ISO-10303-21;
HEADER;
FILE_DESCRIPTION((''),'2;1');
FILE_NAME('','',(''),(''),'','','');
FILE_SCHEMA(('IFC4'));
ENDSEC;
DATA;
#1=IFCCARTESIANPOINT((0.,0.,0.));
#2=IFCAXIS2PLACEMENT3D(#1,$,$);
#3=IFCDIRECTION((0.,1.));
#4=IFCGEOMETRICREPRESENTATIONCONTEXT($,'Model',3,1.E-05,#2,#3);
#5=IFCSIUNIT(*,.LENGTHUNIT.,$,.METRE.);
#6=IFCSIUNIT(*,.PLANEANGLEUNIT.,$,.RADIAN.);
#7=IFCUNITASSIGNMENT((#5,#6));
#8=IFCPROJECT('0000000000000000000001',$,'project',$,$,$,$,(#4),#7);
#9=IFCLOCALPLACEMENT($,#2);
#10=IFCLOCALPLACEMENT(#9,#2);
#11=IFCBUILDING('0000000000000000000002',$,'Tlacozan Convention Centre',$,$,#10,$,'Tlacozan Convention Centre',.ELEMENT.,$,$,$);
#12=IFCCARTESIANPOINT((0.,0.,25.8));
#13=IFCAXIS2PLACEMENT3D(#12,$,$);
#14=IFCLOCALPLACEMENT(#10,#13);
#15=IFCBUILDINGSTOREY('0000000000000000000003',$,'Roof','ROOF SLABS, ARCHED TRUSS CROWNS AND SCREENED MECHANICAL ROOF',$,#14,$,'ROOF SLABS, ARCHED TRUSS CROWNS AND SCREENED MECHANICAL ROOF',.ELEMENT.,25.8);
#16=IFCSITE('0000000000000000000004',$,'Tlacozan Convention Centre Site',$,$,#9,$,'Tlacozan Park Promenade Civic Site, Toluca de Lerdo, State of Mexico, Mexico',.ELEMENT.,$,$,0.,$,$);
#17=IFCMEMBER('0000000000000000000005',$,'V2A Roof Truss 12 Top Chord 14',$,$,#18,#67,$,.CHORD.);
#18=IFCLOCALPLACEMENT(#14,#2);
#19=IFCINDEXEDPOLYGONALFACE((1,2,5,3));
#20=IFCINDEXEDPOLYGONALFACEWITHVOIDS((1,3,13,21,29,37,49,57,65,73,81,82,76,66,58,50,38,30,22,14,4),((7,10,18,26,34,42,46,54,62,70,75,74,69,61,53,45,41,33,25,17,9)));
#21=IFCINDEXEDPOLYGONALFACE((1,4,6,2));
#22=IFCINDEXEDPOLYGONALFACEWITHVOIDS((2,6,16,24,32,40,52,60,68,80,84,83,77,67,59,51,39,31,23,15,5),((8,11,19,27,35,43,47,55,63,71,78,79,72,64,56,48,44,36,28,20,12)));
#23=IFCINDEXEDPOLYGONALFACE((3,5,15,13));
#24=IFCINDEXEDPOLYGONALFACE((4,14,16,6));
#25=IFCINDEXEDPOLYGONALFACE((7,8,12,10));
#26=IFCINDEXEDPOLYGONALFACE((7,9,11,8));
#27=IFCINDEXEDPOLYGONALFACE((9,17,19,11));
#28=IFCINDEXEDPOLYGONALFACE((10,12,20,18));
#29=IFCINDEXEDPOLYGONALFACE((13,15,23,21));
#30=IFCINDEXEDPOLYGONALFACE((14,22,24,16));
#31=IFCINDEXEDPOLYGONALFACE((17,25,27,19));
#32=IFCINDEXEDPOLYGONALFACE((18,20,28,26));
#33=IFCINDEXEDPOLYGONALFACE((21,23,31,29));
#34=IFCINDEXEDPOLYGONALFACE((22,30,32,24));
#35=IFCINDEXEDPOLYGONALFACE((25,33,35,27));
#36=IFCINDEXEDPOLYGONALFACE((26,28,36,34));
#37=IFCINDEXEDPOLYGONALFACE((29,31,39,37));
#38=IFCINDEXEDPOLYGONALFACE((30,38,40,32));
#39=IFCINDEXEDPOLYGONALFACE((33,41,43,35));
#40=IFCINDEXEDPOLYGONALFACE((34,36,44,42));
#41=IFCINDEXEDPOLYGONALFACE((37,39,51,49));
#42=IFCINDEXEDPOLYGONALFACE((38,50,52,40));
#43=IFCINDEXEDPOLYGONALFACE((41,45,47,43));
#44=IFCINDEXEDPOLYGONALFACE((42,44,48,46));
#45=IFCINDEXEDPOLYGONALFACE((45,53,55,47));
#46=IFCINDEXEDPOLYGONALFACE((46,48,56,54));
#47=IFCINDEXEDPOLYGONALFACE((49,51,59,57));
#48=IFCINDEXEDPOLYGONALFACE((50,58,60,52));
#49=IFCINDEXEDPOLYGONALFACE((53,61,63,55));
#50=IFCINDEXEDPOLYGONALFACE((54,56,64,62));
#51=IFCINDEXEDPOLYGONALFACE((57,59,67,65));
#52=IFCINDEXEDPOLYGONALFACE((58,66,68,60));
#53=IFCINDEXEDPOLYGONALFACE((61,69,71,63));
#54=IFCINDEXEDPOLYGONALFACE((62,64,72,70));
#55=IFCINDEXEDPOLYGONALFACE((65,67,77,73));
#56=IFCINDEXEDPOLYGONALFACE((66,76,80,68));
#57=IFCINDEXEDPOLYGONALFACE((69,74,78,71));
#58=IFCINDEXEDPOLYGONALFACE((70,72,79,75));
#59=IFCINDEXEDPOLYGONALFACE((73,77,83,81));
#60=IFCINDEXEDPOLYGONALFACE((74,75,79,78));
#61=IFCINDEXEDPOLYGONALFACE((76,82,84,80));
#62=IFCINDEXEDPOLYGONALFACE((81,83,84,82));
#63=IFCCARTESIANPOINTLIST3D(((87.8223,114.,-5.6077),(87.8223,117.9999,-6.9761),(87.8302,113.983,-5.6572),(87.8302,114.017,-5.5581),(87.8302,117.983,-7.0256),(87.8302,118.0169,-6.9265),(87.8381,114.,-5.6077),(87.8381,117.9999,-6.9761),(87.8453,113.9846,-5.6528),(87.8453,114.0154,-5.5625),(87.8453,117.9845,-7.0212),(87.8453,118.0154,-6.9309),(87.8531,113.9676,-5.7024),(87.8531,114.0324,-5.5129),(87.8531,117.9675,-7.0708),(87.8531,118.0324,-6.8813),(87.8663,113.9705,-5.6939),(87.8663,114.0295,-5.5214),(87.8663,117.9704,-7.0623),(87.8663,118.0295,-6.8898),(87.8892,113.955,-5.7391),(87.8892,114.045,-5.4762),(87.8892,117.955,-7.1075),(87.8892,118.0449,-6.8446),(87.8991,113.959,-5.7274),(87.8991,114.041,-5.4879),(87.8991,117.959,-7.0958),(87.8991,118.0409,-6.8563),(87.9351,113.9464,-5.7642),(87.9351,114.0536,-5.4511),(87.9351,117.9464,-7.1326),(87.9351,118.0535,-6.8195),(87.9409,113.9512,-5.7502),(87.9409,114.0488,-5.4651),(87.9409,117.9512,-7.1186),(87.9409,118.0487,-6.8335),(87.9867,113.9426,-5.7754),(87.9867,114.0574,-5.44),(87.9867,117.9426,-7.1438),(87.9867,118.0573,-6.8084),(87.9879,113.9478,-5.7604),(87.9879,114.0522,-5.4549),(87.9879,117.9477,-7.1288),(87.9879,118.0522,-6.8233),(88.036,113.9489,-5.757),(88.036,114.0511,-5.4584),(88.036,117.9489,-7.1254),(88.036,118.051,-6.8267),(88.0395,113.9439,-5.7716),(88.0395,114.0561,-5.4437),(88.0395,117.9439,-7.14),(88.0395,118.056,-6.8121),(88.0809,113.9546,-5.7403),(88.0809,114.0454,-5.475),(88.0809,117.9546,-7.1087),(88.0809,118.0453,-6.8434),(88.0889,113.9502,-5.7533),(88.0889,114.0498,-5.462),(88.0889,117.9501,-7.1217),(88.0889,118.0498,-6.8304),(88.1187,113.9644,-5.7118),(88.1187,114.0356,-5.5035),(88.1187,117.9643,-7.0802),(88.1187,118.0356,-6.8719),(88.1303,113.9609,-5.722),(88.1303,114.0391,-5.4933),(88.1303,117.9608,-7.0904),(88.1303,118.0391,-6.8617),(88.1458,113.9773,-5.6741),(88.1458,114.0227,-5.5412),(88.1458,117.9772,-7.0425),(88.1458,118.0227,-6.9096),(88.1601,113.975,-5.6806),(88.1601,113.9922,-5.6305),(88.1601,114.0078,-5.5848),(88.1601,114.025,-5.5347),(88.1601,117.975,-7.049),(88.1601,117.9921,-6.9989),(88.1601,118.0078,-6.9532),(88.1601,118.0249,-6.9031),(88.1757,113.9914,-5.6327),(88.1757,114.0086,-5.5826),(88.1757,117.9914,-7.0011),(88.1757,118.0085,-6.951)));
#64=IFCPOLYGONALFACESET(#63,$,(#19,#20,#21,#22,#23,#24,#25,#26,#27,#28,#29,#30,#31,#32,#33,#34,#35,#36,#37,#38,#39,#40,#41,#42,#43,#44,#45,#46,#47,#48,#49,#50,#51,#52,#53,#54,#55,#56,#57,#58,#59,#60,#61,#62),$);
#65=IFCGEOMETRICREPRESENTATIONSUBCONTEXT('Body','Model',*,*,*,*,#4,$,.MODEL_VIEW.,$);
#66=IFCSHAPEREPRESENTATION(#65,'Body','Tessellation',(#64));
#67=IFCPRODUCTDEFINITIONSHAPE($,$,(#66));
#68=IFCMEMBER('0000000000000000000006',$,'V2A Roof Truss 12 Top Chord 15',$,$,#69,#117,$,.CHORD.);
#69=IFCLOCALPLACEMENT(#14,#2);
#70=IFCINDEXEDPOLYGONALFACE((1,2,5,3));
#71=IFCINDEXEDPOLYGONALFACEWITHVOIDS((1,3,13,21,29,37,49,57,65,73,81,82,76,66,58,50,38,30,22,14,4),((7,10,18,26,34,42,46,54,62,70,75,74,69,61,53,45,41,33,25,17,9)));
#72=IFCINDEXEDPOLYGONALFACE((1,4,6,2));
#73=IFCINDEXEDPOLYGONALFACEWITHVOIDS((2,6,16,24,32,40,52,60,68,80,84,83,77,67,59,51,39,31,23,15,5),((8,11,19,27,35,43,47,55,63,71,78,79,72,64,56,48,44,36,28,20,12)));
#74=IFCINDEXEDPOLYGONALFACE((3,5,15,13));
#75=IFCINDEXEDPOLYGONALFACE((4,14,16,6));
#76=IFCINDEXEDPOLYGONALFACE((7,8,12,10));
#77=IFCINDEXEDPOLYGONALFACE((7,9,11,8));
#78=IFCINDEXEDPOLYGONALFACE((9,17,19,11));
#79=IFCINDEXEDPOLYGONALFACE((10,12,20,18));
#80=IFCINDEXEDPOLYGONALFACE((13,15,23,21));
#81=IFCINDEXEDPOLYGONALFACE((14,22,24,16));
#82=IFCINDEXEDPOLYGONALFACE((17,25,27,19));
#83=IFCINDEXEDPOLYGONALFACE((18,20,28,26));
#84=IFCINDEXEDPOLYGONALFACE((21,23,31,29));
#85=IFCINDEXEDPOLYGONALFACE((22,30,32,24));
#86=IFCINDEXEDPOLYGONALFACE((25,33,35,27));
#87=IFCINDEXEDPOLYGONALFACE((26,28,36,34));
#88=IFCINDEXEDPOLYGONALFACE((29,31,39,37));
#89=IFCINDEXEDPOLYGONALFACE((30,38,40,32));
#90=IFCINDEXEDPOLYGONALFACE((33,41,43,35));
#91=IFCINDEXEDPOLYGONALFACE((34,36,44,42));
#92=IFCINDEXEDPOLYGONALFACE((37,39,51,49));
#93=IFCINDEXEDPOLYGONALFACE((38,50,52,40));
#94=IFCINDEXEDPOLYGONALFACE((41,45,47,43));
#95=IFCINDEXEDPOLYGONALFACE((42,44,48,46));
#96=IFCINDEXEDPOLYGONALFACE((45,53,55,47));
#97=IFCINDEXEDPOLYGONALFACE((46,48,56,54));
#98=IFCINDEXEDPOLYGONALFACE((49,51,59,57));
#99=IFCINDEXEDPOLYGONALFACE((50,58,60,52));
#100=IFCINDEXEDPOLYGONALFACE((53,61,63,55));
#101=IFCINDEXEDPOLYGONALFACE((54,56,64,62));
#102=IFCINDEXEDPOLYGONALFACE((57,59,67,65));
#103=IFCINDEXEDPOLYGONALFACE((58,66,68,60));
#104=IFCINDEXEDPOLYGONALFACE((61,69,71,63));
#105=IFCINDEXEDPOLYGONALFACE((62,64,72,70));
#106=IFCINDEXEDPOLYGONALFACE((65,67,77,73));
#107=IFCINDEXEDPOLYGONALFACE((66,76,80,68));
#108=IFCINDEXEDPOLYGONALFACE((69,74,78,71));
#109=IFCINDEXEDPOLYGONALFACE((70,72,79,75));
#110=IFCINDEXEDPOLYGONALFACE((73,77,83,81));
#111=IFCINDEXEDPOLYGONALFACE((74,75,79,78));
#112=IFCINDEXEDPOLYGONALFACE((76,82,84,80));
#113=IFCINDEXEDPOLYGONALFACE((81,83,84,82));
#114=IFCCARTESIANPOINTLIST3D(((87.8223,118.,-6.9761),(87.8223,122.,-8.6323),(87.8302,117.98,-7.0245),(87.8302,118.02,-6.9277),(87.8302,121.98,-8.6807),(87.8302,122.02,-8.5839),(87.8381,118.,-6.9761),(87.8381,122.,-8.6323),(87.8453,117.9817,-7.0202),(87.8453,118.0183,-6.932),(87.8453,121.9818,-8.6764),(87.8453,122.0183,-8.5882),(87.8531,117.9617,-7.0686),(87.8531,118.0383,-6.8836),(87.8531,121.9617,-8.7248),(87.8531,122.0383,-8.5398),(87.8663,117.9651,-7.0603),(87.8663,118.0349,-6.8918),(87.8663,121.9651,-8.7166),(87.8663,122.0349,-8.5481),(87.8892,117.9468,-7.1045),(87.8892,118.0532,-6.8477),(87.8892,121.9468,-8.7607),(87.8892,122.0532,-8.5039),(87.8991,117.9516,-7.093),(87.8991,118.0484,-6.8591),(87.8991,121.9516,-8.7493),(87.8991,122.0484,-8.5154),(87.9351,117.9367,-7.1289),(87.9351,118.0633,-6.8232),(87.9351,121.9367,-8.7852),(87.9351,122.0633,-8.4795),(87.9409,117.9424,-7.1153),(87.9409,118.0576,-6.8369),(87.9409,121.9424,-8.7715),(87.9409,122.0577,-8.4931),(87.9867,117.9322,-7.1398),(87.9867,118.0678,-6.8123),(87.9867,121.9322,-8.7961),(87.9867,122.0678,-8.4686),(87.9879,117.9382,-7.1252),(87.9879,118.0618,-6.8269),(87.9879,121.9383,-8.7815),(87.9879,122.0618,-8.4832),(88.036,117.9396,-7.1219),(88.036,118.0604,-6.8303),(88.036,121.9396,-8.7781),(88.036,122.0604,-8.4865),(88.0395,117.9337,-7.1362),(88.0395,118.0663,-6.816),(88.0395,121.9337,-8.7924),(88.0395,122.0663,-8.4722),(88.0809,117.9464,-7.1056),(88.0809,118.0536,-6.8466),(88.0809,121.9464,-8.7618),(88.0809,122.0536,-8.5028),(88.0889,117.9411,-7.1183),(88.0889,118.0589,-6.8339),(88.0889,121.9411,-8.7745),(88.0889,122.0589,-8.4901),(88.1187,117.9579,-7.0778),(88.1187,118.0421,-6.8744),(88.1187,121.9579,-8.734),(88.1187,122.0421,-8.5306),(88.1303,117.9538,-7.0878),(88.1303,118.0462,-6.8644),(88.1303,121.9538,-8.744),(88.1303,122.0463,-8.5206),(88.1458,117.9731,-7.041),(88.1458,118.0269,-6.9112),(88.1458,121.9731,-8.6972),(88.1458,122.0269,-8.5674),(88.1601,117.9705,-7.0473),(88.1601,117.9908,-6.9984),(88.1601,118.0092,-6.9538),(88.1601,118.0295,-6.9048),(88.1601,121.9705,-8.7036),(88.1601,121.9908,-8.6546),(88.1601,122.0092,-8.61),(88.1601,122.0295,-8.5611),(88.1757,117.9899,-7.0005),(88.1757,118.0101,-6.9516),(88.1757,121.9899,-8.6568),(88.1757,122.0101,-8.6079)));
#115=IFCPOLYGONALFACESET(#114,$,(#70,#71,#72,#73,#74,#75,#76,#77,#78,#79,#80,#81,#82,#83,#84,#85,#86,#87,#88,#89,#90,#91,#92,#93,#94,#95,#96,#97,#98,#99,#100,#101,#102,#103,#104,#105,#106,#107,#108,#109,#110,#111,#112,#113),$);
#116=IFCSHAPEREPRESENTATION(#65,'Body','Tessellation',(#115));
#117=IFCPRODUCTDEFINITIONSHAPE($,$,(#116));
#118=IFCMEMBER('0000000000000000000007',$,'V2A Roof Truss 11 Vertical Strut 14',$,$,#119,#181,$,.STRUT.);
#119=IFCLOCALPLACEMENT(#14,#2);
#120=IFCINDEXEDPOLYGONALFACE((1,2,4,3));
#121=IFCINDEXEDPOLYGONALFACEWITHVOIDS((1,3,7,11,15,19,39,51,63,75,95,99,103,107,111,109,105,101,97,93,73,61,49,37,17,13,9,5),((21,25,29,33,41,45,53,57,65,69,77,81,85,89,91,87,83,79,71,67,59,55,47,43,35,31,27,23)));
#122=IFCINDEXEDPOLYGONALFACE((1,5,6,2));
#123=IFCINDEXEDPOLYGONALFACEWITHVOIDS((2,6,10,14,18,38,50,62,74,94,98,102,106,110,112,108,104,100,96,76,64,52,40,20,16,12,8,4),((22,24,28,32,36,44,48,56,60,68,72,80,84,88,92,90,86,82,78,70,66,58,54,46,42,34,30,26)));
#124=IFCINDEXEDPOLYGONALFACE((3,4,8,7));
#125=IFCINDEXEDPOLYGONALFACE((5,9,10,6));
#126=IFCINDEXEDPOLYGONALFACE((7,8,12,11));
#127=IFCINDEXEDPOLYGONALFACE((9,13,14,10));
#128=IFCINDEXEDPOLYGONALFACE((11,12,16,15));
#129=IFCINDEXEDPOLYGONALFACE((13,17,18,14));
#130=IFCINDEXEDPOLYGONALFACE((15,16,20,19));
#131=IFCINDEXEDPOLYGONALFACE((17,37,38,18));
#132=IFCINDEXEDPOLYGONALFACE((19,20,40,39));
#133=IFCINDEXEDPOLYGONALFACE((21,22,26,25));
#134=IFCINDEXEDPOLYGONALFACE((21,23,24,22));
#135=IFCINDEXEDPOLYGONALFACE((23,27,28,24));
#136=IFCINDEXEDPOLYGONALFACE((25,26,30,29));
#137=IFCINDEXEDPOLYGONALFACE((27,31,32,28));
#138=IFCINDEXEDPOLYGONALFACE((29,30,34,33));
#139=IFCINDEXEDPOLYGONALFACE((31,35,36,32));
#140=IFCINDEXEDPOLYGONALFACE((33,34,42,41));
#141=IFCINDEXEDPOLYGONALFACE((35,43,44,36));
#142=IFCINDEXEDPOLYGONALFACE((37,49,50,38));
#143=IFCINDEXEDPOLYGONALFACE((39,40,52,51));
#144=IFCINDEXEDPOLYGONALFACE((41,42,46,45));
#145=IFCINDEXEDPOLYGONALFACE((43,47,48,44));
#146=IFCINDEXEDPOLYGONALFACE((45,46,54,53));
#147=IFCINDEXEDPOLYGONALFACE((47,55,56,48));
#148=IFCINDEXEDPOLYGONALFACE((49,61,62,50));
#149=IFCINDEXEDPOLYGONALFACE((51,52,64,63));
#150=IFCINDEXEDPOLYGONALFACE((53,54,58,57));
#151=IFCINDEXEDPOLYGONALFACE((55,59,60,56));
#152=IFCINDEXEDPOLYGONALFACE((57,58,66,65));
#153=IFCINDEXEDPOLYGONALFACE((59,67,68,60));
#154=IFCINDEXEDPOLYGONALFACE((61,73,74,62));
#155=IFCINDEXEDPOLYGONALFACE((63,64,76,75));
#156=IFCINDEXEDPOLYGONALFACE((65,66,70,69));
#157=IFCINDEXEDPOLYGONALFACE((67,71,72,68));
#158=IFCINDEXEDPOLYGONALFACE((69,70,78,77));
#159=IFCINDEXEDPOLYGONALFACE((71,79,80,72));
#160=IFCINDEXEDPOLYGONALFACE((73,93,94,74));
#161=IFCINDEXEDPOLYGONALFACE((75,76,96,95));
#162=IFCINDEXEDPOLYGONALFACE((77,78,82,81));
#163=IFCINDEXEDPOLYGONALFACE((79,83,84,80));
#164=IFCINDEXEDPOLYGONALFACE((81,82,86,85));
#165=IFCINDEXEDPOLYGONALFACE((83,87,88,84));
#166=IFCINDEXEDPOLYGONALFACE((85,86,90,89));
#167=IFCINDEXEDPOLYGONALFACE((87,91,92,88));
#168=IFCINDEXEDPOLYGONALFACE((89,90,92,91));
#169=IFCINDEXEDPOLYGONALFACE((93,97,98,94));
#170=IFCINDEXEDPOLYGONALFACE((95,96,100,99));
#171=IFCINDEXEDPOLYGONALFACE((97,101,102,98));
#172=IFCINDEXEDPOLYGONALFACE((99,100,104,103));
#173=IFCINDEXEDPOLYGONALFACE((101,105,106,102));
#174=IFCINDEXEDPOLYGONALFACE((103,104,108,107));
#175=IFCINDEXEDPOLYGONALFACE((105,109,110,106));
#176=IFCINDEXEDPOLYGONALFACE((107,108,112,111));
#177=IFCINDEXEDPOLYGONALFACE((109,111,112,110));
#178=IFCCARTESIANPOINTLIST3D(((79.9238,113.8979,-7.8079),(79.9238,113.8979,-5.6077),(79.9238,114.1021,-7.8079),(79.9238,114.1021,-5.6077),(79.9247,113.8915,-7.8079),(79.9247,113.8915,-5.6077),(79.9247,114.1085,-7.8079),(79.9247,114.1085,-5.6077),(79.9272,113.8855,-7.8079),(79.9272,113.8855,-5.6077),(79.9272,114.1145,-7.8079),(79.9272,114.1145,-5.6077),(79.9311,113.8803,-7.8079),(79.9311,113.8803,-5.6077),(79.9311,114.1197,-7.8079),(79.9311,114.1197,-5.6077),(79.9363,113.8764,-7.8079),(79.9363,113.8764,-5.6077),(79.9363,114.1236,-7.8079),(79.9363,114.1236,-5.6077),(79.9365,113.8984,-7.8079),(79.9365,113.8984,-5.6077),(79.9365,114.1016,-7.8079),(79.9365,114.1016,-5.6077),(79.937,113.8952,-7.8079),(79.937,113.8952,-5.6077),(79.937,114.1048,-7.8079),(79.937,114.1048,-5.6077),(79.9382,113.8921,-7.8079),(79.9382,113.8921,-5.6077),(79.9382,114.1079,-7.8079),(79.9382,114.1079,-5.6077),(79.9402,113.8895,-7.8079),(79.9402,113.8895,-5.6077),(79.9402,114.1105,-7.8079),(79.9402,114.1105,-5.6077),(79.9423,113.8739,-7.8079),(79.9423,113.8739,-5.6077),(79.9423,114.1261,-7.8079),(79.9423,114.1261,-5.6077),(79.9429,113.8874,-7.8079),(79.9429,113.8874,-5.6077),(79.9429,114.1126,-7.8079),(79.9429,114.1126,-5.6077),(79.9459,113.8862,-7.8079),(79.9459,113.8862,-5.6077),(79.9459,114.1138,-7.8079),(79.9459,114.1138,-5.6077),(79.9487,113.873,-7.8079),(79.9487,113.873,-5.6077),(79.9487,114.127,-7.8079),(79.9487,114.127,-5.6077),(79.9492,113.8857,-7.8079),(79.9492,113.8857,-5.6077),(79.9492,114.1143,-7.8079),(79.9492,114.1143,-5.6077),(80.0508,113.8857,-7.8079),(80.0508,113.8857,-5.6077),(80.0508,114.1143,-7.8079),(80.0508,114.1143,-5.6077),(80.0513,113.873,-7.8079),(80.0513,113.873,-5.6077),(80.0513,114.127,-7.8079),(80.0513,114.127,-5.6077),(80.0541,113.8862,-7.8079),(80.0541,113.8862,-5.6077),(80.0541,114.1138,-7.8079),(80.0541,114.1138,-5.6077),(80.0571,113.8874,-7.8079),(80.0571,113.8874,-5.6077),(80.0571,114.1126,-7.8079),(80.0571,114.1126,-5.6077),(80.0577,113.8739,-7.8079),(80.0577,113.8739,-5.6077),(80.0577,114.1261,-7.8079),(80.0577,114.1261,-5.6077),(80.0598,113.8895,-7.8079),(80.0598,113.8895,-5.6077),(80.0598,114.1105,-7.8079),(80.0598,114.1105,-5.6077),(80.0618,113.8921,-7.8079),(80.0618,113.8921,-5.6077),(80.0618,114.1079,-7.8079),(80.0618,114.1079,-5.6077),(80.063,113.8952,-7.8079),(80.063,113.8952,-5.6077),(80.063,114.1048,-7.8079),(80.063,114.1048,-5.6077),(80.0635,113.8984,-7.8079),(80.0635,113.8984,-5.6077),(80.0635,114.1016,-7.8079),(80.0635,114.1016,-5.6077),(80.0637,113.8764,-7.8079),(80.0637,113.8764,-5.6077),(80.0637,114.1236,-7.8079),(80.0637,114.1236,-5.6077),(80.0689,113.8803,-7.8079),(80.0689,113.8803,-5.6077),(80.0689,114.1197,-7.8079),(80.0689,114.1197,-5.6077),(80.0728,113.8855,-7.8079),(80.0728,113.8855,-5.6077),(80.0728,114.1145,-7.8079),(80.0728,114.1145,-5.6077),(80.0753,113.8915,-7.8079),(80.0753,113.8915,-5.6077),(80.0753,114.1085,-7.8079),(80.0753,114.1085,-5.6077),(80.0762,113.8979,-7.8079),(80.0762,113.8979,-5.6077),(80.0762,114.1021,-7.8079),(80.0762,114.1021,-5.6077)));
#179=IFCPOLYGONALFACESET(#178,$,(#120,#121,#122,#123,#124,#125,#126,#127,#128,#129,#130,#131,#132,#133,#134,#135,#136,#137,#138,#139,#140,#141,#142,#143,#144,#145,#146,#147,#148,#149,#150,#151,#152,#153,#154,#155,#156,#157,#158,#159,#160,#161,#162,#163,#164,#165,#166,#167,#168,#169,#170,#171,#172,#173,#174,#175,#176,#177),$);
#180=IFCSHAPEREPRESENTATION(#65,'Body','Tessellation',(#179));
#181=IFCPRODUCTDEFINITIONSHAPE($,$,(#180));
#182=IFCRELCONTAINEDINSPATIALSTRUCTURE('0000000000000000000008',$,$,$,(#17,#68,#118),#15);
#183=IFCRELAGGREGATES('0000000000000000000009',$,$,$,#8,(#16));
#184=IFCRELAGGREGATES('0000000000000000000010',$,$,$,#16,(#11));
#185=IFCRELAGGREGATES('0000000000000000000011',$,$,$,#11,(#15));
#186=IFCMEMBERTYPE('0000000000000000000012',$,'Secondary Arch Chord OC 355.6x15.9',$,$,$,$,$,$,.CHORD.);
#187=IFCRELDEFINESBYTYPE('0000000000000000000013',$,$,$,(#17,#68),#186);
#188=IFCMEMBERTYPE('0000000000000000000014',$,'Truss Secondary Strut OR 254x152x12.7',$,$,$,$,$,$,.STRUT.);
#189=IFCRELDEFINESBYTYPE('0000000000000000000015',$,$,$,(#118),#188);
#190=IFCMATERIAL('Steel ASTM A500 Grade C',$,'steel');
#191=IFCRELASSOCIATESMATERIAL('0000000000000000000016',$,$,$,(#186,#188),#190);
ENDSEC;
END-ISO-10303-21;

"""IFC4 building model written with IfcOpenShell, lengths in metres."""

from ifc_helpers import new_model, si_unit, direction, frame, origin, origin_2d, place, context, subcontext, project, spatial, hollow_rectangle, hollow_circle, extrude, material, material_profile, profile_set, type_object, element, save


model = new_model("IFC4")

# Units and contexts
model_context = context("Model", 3, precision=1e-05, world=origin(), true_north=direction((0.0, 1.0)))
body_context = subcontext(model_context, "Body", "Model", "MODEL_VIEW")
ifc_project = project(units=[si_unit("LENGTHUNIT", "METRE"), si_unit("PLANEANGLEUNIT", "RADIAN")], contexts=[model_context])

# Site, building, storey
site_placement = place(None, origin())
site = spatial("IfcSite", under=ifc_project, at=site_placement, Name="Tlacozan Convention Centre Site", LongName="Tlacozan Park Promenade Civic Site, Toluca de Lerdo, State of Mexico, Mexico", CompositionType="ELEMENT", RefElevation=0.0)
building_placement = place(site_placement, origin())
building = spatial("IfcBuilding", under=site, at=building_placement, Name="Tlacozan Convention Centre", LongName="Tlacozan Convention Centre", CompositionType="ELEMENT")
storey_placement = place(building_placement, frame((0.0, 0.0, 25.8)))
storey = spatial("IfcBuildingStorey", under=building, at=storey_placement, Name="Roof", Description="ROOF SLABS, ARCHED TRUSS CROWNS AND SCREENED MECHANICAL ROOF", LongName="ROOF SLABS, ARCHED TRUSS CROWNS AND SCREENED MECHANICAL ROOF", CompositionType="ELEMENT", Elevation=25.8)

# Members
ifc_material_1 = material(Name="Steel ASTM A500 Grade C", Category="steel")
ifc_material_profile_1 = material_profile(ifc_material_1, hollow_circle(Radius=0.1777, WallThickness=0.0159, at=origin_2d()), Name="OC 355.6x15.9")
ifc_profile_set_1 = profile_set([ifc_material_profile_1], Name="Steel ASTM A500 Grade C")
member_type_1 = type_object("IfcMemberType", Name="Secondary Arch Chord OC 355.6x15.9", PredefinedType="CHORD", material=ifc_profile_set_1)
member_1_placement = place(storey_placement, frame((88.0, 114.0, -5.6077), z_axis=(0.0, 0.946165, -0.323685), x_axis=(-1.0, 0.0, 0.0)))
element("IfcMember", 1, at=member_1_placement, inside=storey, type_object=member_type_1, Name="V2A Roof Truss 12 Top Chord 14", PredefinedType="CHORD", context=body_context, shape_type="SweptSolid", body=[
    extrude(hollow_circle(Radius=0.1777, WallThickness=0.0159, at=origin_2d()), origin(), (0.0, 0.0, 1.0), 4.2275),
])
member_2_placement = place(storey_placement, frame((88.0, 118.0, -6.9761), z_axis=(0.0, 0.923929, -0.382564), x_axis=(-1.0, 0.0, 0.0)))
element("IfcMember", 2, at=member_2_placement, inside=storey, type_object=member_type_1, Name="V2A Roof Truss 12 Top Chord 15", PredefinedType="CHORD", context=body_context, shape_type="SweptSolid", body=[
    extrude(hollow_circle(Radius=0.1777, WallThickness=0.0159, at=origin_2d()), origin(), (0.0, 0.0, 1.0), 4.3293),
])
ifc_material_profile_2 = material_profile(ifc_material_1, hollow_rectangle(XDim=0.1523, YDim=0.2539, WallThickness=0.0127, InnerFilletRadius=0.0127, OuterFilletRadius=0.0249, at=origin_2d()), Name="OR 254x152x12.7")
ifc_profile_set_2 = profile_set([ifc_material_profile_2], Name="Steel ASTM A500 Grade C")
member_type_2 = type_object("IfcMemberType", Name="Truss Secondary Strut OR 254x152x12.7", PredefinedType="STRUT", material=ifc_profile_set_2)
for number, where, z_axis, x_axis, name in (
    (3, (80.0, 114.0, -7.8079), (0.0, 0.0, 1.0), (1.0, 0.0, 0.0), "V2A Roof Truss 11 Vertical Strut 14"),
):
    element("IfcMember", number, at=place(storey_placement, frame(where, z_axis=z_axis, x_axis=x_axis)), inside=storey, type_object=member_type_2, Name=name, PredefinedType="STRUT", context=body_context, shape_type="SweptSolid", body=[
        extrude(hollow_rectangle(XDim=0.1523, YDim=0.2539, WallThickness=0.0127, InnerFilletRadius=0.0127, OuterFilletRadius=0.0249, at=origin_2d()), origin(), (0.0, 0.0, 1.0), 2.2002),
    ])

save(model, "model.ifc")
